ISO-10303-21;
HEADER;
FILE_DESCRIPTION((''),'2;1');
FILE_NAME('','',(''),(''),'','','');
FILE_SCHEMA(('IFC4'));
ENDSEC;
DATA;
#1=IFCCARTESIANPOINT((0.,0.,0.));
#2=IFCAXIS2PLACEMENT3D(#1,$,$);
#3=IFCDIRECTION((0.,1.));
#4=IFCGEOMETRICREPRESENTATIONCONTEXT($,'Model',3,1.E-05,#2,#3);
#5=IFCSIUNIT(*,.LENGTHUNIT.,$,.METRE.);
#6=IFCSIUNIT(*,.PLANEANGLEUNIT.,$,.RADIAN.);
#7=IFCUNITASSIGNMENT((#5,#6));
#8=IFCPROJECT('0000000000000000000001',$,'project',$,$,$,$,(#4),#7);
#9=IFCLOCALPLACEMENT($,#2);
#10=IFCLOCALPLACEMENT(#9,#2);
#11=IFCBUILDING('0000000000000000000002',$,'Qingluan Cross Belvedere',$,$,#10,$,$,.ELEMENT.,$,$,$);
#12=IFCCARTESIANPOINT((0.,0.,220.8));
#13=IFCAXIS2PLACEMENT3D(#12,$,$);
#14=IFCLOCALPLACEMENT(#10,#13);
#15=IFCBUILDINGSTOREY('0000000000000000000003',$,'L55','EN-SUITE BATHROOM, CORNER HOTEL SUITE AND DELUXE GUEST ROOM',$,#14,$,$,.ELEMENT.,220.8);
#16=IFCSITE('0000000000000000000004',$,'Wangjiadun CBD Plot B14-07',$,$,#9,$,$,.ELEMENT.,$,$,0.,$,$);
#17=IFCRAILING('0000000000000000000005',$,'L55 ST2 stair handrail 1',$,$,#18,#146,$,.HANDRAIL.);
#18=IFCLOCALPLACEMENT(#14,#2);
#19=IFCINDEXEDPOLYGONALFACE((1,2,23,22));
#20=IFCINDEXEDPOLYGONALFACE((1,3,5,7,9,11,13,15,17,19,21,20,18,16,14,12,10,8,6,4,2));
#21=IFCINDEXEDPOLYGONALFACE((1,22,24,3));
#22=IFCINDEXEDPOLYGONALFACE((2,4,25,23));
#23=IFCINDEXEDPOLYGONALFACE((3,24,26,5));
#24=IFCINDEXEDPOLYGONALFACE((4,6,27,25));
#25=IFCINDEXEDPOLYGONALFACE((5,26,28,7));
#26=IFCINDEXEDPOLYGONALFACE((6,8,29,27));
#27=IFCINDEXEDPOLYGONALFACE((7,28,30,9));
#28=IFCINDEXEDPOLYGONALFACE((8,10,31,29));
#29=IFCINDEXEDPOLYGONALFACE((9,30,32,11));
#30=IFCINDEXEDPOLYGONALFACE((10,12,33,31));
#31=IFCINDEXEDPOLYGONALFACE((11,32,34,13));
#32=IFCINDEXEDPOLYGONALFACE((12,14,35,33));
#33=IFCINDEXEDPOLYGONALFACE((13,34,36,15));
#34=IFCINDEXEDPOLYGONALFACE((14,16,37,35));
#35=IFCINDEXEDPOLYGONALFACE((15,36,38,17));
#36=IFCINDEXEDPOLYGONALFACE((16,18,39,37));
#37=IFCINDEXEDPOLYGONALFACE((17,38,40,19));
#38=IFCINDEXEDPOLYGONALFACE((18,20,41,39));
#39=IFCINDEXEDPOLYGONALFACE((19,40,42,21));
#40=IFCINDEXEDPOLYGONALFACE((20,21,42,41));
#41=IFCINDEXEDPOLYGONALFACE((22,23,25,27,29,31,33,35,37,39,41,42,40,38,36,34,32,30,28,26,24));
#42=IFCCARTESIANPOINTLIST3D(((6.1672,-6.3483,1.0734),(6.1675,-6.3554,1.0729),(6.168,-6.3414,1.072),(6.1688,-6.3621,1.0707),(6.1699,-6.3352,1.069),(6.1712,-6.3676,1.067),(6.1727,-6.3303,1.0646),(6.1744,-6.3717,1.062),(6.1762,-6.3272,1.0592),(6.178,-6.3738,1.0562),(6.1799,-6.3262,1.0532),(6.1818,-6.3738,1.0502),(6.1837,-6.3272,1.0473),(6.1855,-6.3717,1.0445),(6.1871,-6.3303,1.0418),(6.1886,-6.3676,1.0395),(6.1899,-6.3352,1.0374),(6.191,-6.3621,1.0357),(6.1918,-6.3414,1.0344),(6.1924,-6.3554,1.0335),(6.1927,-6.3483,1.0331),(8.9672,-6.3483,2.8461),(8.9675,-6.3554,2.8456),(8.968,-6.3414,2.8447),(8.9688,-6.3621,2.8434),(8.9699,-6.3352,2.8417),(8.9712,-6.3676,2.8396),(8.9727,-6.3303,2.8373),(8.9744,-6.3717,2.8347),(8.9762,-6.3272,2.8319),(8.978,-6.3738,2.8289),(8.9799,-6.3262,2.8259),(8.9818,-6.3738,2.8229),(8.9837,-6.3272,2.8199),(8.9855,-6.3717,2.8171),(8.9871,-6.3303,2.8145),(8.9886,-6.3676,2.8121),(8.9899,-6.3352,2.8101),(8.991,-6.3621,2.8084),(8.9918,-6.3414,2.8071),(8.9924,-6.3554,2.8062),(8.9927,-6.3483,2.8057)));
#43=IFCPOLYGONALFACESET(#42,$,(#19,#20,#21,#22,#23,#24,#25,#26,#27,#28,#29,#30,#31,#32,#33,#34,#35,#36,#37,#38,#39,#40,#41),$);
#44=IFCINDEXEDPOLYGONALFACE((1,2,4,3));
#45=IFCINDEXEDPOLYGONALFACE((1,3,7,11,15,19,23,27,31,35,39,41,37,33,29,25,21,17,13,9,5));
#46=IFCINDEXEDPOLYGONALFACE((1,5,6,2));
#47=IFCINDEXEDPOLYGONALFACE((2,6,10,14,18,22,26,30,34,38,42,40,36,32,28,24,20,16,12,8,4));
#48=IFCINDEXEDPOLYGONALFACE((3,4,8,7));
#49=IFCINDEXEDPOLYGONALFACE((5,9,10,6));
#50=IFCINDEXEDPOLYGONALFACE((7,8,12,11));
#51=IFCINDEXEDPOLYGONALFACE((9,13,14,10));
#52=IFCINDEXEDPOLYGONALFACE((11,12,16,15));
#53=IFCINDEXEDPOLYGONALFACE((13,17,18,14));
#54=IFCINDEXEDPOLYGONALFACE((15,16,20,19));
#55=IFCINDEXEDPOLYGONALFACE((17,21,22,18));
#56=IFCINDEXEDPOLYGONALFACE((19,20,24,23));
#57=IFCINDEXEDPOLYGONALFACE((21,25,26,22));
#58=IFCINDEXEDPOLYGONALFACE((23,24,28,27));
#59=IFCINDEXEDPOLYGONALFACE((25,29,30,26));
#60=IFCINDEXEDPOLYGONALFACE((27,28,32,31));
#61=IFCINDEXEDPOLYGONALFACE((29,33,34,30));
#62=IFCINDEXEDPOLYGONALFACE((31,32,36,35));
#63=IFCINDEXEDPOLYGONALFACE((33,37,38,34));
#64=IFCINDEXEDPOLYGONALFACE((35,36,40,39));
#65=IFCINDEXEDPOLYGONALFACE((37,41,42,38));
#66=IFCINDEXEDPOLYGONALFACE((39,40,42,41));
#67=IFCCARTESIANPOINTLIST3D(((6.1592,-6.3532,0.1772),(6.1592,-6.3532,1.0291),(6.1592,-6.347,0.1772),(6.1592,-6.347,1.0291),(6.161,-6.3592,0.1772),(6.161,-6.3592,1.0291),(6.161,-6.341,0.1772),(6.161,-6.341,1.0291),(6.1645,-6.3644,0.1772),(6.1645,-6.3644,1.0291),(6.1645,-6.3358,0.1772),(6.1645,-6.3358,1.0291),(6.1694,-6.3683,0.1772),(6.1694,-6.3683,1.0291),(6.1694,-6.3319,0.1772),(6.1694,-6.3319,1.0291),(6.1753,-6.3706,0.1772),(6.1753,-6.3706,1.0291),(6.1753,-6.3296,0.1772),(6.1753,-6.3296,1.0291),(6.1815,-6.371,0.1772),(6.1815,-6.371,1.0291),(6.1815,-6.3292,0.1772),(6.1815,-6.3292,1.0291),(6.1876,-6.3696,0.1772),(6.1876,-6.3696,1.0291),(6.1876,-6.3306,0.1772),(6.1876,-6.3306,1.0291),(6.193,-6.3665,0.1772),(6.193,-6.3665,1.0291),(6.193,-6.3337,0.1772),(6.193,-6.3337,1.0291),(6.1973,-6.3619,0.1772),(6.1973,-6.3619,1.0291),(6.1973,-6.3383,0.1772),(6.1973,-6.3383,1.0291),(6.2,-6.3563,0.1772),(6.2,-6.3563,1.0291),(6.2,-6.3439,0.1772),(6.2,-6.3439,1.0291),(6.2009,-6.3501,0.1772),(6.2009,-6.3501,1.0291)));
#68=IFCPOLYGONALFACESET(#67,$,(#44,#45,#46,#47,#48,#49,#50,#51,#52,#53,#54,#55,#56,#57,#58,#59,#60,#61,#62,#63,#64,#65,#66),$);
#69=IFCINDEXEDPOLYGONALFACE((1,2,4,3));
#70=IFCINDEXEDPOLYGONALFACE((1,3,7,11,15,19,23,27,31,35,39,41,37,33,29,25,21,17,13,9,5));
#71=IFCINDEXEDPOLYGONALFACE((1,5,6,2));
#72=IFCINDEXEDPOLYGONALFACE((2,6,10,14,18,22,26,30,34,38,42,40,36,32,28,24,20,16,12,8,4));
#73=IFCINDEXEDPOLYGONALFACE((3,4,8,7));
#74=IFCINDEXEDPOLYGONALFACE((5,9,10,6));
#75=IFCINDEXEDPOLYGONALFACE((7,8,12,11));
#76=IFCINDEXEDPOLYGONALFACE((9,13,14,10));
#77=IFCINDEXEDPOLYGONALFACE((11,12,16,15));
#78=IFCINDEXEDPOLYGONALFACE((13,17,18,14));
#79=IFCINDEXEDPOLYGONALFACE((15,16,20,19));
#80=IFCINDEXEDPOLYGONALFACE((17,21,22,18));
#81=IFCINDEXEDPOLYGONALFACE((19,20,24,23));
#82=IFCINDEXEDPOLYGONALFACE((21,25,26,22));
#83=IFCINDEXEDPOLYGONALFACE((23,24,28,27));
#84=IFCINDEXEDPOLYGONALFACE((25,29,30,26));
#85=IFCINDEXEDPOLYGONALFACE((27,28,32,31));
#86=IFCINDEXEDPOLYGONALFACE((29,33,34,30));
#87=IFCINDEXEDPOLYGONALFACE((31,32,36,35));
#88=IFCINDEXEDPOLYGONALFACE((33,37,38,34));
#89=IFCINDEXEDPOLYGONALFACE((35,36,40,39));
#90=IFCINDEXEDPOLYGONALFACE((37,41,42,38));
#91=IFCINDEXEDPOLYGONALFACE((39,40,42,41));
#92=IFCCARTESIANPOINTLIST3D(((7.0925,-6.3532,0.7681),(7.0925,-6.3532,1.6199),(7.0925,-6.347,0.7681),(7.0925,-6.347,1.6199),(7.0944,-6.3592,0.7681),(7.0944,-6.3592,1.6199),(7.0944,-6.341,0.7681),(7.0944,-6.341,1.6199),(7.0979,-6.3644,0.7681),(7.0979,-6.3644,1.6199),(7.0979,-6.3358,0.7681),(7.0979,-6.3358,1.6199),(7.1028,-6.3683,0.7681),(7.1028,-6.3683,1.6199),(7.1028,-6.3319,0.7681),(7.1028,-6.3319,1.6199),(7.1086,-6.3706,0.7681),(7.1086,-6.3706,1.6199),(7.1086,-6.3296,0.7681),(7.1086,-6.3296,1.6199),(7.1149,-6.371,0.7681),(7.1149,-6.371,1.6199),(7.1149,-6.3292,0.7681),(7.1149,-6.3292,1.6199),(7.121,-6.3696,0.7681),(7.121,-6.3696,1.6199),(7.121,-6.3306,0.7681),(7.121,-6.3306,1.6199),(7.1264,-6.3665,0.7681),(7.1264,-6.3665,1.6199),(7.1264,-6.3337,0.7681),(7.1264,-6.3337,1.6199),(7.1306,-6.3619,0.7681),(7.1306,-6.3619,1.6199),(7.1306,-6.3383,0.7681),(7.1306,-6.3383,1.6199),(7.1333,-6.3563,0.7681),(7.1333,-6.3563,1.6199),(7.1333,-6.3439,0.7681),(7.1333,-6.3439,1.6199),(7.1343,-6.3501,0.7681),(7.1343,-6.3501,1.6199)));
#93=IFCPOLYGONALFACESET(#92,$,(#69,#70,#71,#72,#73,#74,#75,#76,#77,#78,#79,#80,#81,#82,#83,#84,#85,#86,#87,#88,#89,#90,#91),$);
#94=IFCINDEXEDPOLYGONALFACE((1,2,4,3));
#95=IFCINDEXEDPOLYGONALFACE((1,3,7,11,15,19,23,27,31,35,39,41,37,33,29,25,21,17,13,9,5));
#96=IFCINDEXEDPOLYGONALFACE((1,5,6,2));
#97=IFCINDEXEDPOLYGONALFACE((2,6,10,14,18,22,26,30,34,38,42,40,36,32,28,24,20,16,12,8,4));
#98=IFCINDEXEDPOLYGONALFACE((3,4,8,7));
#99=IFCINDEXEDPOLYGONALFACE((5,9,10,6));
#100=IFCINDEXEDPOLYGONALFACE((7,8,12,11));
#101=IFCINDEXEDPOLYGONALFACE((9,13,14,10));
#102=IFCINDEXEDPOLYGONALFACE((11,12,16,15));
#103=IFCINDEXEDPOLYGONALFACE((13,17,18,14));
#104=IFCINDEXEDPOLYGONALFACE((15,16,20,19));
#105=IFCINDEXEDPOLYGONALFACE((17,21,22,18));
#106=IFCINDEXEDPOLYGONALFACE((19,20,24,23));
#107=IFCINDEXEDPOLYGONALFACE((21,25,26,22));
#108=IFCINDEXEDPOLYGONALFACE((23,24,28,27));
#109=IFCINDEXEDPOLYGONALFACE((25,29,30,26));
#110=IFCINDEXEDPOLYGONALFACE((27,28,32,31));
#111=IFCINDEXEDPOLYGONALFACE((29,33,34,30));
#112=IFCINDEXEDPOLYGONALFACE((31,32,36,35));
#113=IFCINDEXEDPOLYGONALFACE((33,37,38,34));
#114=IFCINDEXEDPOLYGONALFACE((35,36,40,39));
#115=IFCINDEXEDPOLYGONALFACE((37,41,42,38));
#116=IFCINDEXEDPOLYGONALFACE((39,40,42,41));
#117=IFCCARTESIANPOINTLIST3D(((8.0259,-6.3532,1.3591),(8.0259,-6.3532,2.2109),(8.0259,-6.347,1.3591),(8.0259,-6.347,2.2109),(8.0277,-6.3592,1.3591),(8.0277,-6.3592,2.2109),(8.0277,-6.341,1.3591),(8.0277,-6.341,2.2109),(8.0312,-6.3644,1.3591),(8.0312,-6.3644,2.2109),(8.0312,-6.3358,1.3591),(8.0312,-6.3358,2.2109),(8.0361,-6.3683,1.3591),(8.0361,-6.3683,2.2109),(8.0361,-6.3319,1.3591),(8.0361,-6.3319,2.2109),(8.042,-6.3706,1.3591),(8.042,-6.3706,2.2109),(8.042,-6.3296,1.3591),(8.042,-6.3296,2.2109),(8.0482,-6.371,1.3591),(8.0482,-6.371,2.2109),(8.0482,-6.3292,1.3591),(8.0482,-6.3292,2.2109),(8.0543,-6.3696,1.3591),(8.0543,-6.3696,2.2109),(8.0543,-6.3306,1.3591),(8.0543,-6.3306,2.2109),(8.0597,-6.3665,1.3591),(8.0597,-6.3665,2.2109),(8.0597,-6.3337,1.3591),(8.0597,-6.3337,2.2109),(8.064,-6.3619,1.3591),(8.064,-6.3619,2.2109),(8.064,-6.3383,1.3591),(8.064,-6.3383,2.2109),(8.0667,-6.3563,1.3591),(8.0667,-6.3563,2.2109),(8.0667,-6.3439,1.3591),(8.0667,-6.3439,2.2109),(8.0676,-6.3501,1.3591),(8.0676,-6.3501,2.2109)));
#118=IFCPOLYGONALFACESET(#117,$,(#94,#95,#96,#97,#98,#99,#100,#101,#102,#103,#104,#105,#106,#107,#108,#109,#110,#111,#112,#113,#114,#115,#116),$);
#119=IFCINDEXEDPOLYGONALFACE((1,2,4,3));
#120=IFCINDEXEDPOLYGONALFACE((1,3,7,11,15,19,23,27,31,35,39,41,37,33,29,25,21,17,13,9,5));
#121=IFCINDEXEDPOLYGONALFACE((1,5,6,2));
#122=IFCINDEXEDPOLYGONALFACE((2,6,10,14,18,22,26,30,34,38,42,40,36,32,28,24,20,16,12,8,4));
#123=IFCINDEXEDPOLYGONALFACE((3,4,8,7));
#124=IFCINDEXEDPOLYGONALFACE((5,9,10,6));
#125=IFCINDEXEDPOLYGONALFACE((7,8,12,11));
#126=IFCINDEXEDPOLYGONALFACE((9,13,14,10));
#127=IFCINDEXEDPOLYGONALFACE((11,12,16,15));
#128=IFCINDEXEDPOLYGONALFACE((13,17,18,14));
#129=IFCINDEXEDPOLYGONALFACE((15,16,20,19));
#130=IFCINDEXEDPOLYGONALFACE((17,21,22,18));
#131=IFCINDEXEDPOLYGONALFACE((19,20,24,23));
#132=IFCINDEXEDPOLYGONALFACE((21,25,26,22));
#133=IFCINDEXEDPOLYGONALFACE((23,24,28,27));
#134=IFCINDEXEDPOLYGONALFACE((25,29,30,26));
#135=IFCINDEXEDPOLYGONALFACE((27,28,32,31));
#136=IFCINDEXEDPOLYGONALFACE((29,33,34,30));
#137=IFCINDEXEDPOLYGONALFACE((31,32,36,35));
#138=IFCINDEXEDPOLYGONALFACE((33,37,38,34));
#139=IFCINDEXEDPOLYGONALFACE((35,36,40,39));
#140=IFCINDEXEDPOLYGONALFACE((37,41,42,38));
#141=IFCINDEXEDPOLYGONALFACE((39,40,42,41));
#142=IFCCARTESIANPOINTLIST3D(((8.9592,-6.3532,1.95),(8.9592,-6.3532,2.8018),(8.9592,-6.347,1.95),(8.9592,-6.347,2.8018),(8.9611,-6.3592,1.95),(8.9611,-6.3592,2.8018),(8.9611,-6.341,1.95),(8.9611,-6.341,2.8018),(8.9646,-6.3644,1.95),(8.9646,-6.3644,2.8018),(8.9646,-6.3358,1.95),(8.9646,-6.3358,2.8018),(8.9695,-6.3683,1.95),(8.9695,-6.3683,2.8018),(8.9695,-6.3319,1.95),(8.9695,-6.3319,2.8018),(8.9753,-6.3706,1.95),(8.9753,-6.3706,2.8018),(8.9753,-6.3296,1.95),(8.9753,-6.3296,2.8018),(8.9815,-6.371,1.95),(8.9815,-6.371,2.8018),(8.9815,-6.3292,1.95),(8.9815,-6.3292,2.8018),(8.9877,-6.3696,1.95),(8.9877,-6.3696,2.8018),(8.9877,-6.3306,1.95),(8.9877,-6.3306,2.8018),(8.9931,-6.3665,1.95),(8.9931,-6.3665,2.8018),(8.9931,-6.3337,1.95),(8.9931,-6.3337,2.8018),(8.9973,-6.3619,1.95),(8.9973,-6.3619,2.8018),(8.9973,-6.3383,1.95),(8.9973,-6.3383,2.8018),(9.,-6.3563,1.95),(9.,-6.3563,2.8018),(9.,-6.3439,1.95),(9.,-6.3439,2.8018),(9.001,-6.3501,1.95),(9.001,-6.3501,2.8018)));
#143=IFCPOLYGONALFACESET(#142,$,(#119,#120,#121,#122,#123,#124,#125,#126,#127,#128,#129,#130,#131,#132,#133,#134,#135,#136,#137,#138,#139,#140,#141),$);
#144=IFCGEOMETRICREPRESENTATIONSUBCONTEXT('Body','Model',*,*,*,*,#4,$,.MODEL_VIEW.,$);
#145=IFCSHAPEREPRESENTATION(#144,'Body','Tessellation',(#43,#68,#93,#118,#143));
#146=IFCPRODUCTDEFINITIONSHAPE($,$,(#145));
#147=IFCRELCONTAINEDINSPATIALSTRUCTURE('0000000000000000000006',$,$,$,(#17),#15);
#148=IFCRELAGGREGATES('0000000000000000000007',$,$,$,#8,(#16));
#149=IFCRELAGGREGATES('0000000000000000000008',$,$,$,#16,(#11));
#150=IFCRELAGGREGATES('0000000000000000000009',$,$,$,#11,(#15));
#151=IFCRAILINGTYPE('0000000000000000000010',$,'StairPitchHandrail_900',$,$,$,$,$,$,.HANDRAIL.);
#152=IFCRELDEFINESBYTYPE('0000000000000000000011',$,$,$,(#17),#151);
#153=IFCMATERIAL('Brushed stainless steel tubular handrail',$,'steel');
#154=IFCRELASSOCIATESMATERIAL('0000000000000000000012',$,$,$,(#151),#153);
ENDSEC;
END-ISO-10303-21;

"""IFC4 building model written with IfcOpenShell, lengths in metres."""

from ifc_helpers import new_model, si_unit, direction, frame, origin, origin_2d, place, context, subcontext, project, spatial, circle, extrude, material, type_object, element, save


model = new_model("IFC4")

# Units and contexts
model_context = context("Model", 3, precision=1e-05, world=origin(), true_north=direction((0.0, 1.0)))
body_context = subcontext(model_context, "Body", "Model", "MODEL_VIEW")
ifc_project = project(units=[si_unit("LENGTHUNIT", "METRE"), si_unit("PLANEANGLEUNIT", "RADIAN")], contexts=[model_context])

# Site, building, storey
site_placement = place(None, origin())
site = spatial("IfcSite", under=ifc_project, at=site_placement, Name="Wangjiadun CBD Plot B14-07", CompositionType="ELEMENT", RefElevation=0.0)
building_placement = place(site_placement, origin())
building = spatial("IfcBuilding", under=site, at=building_placement, Name="Qingluan Cross Belvedere", CompositionType="ELEMENT")
storey_placement = place(building_placement, frame((0.0, 0.0, 220.8)))
storey = spatial("IfcBuildingStorey", under=building, at=storey_placement, Name="L55", Description="EN-SUITE BATHROOM, CORNER HOTEL SUITE AND DELUXE GUEST ROOM", CompositionType="ELEMENT", Elevation=220.8)

# Railing
ifc_material_1 = material(Name="Brushed stainless steel tubular handrail", Category="steel")
railing_type_1 = type_object("IfcRailingType", Name="StairPitchHandrail_900", PredefinedType="HANDRAIL", material=ifc_material_1)
railing_1_placement = place(storey_placement, frame((6.1799, -6.3501, 0.1772)))
element("IfcRailing", 1, at=railing_1_placement, inside=storey, type_object=railing_type_1, Name="L55 ST2 stair handrail 1", PredefinedType="HANDRAIL", context=body_context, shape_type="SweptSolid", body=[
    extrude(circle(Radius=0.0239, at=origin_2d()), frame((0.0, 0.0, 0.876), z_axis=(0.844909, 0.0, 0.53491), x_axis=(0.0, 1.0, 0.0)), (0.0, 0.0, 1.0), 3.314),
    extrude(circle(Radius=0.021, at=origin_2d()), origin(), (0.0, 0.0, 1.0), 0.8518),
    extrude(circle(Radius=0.021, at=origin_2d()), frame((0.9333, 0.0, 0.5908)), (0.0, 0.0, 1.0), 0.8518),
    extrude(circle(Radius=0.021, at=origin_2d()), frame((1.8667, 0.0, 1.1819)), (0.0, 0.0, 1.0), 0.8518),
    extrude(circle(Radius=0.021, at=origin_2d()), frame((2.8, 0.0, 1.7727)), (0.0, 0.0, 1.0), 0.8518),
])

save(model, "model.ifc")
